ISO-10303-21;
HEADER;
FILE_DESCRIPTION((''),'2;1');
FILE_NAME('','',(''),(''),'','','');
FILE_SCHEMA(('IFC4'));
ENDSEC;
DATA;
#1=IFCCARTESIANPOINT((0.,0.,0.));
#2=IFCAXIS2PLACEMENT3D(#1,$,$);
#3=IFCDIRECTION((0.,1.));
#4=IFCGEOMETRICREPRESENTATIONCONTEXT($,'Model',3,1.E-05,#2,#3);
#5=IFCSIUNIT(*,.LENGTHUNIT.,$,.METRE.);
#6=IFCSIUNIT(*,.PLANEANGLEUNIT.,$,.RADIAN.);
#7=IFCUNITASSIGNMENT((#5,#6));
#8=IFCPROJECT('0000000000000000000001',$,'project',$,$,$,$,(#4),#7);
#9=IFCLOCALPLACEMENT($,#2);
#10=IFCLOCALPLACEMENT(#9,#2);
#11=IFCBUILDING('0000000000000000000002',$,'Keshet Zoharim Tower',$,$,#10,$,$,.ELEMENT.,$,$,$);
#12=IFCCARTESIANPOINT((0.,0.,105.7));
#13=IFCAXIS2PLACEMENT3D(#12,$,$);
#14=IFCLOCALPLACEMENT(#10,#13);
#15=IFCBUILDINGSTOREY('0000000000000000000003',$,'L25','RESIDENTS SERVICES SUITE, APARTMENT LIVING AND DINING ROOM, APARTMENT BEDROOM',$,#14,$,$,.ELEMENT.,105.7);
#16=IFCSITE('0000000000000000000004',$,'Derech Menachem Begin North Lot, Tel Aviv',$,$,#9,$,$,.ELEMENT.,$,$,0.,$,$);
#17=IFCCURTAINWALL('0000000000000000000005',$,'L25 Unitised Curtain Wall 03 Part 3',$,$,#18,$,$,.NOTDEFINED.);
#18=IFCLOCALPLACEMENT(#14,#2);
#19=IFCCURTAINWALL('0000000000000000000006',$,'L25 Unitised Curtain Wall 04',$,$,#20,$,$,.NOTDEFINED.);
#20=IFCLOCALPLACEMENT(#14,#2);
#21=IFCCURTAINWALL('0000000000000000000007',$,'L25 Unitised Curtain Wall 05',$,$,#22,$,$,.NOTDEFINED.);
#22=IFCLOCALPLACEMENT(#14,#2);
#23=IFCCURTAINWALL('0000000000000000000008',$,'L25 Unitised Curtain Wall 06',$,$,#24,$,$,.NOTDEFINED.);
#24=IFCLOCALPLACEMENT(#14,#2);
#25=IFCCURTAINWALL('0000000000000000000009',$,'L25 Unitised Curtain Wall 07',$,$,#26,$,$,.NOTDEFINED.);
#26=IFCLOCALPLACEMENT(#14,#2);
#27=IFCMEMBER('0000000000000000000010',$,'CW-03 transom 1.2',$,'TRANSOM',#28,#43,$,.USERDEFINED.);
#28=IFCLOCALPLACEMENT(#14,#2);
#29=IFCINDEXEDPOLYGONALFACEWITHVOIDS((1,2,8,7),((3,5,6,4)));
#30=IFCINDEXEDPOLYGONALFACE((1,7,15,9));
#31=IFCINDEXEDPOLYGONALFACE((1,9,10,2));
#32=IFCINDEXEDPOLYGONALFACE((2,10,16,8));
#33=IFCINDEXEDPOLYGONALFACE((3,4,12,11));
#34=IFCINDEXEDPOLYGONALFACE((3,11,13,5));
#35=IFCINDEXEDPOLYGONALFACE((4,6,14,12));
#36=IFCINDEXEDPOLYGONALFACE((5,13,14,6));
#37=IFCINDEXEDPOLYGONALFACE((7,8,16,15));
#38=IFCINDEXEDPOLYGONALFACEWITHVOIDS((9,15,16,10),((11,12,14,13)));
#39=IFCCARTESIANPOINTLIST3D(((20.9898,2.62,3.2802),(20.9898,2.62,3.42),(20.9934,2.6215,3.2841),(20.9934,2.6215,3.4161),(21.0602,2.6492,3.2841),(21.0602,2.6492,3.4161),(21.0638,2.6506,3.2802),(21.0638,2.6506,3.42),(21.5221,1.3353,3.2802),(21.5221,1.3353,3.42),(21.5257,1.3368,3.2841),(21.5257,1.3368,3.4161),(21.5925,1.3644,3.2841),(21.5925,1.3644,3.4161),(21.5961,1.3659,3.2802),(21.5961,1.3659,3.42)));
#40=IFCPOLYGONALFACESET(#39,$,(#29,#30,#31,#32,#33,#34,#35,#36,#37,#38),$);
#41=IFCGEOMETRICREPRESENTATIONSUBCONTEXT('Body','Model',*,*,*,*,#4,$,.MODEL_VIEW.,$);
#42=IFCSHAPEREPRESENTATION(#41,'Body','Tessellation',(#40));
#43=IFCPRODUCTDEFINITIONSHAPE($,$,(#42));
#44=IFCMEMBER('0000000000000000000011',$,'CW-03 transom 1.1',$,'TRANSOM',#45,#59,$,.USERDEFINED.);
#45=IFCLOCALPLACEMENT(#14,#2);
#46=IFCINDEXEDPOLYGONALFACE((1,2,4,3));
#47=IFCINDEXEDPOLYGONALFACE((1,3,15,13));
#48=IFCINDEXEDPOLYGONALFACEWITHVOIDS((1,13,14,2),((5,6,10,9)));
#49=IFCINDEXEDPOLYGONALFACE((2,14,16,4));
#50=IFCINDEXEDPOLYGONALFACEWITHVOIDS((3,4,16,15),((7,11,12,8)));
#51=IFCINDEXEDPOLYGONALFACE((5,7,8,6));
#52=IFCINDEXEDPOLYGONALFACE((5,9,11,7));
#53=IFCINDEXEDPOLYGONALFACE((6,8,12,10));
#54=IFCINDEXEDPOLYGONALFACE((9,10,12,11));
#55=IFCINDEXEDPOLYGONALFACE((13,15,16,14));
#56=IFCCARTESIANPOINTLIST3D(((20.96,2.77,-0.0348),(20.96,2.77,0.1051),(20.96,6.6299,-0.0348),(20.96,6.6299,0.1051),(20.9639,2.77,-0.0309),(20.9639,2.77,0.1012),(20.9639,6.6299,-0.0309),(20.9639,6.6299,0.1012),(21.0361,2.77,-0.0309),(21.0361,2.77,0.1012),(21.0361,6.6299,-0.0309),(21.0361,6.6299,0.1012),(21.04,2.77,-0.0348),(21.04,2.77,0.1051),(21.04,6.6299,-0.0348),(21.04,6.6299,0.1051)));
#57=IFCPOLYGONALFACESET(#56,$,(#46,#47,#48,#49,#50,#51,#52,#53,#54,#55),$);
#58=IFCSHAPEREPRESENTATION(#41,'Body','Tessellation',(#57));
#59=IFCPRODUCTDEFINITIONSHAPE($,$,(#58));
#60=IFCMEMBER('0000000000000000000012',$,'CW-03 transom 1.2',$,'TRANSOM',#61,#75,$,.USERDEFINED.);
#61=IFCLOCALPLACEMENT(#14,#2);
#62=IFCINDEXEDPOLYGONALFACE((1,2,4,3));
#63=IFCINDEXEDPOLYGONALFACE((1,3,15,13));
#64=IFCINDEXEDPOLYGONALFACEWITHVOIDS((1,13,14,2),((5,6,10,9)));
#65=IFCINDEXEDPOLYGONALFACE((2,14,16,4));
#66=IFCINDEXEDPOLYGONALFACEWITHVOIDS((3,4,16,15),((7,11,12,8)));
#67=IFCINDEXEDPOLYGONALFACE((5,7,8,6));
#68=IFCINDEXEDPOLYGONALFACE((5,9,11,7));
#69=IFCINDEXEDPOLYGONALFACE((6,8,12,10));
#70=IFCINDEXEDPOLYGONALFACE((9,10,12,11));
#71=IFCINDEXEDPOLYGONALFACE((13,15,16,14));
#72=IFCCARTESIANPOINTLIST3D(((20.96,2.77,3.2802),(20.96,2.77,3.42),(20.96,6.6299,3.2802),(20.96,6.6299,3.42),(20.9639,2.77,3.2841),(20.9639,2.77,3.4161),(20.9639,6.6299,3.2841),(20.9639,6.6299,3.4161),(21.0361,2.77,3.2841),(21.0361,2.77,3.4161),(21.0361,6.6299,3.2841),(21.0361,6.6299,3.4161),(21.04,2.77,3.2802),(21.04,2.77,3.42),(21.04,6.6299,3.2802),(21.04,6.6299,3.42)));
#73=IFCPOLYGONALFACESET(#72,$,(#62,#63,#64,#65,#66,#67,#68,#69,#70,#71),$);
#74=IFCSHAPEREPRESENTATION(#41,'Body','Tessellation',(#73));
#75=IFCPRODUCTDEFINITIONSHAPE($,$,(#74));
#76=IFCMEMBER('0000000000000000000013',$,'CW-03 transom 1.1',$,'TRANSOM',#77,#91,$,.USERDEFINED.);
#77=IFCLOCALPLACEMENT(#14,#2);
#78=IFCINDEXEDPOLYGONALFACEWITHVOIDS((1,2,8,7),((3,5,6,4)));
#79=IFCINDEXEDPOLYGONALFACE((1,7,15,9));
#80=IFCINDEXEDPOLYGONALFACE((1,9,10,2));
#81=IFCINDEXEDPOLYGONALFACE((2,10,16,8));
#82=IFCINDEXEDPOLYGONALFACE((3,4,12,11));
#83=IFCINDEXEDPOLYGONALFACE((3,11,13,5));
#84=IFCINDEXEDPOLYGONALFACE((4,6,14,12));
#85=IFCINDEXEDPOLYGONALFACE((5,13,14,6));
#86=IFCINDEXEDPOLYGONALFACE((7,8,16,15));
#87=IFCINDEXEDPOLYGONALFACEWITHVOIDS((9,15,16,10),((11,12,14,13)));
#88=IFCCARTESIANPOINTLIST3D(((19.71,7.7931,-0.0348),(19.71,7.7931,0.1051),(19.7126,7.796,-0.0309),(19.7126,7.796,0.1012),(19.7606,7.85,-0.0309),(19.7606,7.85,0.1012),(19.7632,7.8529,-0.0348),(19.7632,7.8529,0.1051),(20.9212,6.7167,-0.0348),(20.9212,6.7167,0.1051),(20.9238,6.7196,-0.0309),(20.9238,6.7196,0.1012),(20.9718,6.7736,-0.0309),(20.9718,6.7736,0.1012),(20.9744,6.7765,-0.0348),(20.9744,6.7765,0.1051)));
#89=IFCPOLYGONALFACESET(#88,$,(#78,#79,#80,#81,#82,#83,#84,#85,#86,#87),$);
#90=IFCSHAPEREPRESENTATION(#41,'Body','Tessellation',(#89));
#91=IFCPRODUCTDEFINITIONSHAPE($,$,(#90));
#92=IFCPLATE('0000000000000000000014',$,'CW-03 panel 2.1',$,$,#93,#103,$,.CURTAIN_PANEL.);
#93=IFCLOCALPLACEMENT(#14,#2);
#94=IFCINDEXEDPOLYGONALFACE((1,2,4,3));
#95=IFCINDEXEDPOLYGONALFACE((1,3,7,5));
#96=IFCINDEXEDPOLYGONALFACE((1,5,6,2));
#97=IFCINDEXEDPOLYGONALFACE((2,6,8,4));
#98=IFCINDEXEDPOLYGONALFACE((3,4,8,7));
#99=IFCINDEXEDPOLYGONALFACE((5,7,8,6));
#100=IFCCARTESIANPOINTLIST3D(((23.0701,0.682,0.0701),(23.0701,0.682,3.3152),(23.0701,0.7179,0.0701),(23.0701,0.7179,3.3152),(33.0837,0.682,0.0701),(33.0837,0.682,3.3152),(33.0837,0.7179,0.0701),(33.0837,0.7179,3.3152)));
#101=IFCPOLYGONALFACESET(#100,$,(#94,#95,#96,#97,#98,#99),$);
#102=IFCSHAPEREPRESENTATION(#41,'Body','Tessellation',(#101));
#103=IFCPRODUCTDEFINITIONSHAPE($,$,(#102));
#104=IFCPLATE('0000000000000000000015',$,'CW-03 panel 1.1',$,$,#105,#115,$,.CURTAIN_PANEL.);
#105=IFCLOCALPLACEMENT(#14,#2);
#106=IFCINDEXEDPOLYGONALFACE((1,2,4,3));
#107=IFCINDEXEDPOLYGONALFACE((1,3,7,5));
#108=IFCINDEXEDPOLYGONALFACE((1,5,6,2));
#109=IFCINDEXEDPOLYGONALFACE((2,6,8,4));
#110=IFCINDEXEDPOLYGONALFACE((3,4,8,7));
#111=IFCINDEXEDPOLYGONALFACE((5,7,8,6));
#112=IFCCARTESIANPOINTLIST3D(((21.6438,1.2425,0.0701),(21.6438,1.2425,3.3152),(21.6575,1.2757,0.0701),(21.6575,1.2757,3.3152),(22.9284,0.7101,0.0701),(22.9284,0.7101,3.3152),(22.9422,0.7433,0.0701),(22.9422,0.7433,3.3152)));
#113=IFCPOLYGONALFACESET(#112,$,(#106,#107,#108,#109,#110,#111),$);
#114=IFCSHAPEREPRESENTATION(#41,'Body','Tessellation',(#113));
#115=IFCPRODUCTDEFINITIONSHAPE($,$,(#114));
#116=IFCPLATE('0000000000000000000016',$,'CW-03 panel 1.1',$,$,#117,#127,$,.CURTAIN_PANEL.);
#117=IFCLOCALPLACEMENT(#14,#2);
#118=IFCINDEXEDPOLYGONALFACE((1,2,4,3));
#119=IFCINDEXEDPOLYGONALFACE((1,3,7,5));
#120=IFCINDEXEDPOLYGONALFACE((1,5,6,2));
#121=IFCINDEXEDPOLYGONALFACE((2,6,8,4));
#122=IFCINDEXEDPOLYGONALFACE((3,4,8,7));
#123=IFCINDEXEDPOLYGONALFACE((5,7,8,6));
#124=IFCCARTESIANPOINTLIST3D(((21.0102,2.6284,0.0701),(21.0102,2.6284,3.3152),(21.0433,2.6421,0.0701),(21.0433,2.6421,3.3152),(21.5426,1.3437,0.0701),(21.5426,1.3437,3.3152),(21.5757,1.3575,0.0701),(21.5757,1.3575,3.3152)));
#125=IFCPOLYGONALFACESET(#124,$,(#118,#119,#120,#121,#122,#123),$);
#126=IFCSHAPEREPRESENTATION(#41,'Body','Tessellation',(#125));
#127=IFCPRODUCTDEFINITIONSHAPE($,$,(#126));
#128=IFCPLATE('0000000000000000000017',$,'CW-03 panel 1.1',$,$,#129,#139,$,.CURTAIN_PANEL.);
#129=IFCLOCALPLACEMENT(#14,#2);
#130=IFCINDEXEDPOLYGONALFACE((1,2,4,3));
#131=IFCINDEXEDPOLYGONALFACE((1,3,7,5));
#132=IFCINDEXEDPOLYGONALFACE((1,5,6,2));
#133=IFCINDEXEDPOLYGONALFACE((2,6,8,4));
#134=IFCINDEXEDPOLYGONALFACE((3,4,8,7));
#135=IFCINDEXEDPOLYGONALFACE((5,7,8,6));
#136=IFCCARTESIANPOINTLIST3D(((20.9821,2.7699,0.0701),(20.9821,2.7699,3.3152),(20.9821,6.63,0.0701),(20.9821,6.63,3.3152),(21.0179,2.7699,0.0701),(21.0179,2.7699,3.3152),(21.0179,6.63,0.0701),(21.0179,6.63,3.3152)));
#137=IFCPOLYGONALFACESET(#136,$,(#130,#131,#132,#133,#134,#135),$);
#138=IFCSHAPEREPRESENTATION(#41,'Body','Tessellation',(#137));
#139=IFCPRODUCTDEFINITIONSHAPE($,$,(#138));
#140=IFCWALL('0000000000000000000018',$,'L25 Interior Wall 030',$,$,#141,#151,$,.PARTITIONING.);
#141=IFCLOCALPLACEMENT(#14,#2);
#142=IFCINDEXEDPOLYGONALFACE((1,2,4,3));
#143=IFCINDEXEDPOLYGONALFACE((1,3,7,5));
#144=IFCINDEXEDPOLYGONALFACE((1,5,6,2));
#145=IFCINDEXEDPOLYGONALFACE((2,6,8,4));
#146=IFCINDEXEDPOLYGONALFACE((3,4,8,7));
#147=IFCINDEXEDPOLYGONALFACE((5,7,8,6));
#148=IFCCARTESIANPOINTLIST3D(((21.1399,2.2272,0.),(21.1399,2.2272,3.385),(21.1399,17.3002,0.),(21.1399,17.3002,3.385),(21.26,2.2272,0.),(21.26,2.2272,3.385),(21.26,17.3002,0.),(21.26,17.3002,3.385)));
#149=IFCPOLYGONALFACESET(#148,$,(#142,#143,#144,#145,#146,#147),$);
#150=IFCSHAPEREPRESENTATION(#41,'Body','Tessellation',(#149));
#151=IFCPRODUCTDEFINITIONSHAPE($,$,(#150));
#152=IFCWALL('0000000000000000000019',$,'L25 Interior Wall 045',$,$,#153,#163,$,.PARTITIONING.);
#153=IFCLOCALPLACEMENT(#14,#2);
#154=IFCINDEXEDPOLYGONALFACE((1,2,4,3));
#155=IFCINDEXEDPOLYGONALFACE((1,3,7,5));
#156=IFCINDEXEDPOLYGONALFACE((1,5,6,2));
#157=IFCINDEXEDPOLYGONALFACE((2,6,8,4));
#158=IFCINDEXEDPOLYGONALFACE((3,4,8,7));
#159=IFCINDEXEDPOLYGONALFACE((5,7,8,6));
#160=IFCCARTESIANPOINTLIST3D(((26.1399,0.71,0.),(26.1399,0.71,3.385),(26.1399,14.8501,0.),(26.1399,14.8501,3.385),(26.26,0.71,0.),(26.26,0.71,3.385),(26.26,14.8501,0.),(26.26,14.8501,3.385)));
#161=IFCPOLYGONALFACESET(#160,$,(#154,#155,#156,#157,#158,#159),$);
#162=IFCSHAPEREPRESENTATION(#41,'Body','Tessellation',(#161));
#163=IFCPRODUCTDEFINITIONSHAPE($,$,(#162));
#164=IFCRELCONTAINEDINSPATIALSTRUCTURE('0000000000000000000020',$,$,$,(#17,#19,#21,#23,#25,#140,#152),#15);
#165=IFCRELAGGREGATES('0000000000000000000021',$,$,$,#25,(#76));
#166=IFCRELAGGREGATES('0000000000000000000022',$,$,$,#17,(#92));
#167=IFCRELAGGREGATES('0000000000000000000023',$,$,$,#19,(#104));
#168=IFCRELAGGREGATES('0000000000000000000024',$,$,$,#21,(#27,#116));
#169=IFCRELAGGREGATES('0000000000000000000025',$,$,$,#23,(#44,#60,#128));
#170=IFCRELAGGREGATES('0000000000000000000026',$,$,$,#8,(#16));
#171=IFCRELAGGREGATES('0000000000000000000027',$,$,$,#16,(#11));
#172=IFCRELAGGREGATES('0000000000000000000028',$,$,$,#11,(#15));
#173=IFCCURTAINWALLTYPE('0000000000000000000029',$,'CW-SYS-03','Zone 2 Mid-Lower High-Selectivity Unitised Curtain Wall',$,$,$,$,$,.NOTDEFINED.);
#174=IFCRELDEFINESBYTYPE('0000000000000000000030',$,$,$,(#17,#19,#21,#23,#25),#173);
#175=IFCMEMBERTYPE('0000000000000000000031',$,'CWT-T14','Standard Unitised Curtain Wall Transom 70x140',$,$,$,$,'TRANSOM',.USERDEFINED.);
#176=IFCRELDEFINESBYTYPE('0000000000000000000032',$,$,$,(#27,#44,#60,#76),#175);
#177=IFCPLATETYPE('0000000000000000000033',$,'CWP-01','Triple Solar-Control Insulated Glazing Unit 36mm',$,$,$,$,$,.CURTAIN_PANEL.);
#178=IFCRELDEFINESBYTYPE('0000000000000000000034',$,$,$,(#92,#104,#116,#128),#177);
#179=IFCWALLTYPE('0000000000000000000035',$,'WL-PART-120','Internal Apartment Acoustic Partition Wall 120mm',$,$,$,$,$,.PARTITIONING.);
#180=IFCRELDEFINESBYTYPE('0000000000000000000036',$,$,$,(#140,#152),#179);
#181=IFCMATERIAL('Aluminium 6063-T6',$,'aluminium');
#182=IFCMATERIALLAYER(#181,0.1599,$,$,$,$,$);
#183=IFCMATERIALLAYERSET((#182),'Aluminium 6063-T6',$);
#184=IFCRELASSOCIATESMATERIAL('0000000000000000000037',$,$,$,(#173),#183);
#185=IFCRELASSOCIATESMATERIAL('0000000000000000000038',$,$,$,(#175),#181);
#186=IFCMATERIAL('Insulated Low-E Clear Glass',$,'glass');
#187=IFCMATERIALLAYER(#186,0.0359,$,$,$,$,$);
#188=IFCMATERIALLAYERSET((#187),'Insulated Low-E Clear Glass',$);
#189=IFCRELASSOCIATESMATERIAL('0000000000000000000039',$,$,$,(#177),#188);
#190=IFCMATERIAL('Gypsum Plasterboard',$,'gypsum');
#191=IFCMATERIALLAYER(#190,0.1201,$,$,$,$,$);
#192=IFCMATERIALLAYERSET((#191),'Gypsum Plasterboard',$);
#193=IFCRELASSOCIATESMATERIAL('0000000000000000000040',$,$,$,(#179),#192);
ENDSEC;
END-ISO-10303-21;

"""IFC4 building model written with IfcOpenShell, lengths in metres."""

from ifc_helpers import new_model, si_unit, direction, frame, frame_2d, origin, origin_2d, place, context, subcontext, project, spatial, rectangle, hollow_rectangle, extrude, material, layer, layer_set, material_profile, profile_set, type_object, element, aggregate, save


model = new_model("IFC4")

# Units and contexts
model_context = context("Model", 3, precision=1e-05, world=origin(), true_north=direction((0.0, 1.0)))
body_context = subcontext(model_context, "Body", "Model", "MODEL_VIEW")
ifc_project = project(units=[si_unit("LENGTHUNIT", "METRE"), si_unit("PLANEANGLEUNIT", "RADIAN")], contexts=[model_context])

# Site, building, storey
site_placement = place(None, origin())
site = spatial("IfcSite", under=ifc_project, at=site_placement, Name="Derech Menachem Begin North Lot, Tel Aviv", CompositionType="ELEMENT", RefElevation=0.0)
building_placement = place(site_placement, origin())
building = spatial("IfcBuilding", under=site, at=building_placement, Name="Keshet Zoharim Tower", CompositionType="ELEMENT")
storey_placement = place(building_placement, frame((0.0, 0.0, 105.7)))
storey = spatial("IfcBuildingStorey", under=building, at=storey_placement, Name="L25", Description="RESIDENTS SERVICES SUITE, APARTMENT LIVING AND DINING ROOM, APARTMENT BEDROOM", CompositionType="ELEMENT", Elevation=105.7)

# Curtain wall
ifc_material_1 = material(Name="Aluminium 6063-T6", Category="aluminium")
ifc_layer_1 = layer(ifc_material_1, 0.1599)
ifc_layer_set_1 = layer_set([ifc_layer_1], Name="Aluminium 6063-T6")
curtain_wall_type = type_object("IfcCurtainWallType", Name="CW-SYS-03", Description="Zone 2 Mid-Lower High-Selectivity Unitised Curtain Wall", PredefinedType="NOTDEFINED", material=ifc_layer_set_1)
curtain_wall_1_placement = place(storey_placement, origin())
curtain_wall_1 = element("IfcCurtainWall", 1, at=curtain_wall_1_placement, inside=storey, type_object=curtain_wall_type, Name="L25 Unitised Curtain Wall 03 Part 3", PredefinedType="NOTDEFINED")

# Curtain walls
curtain_wall_2_placement = place(storey_placement, origin())
curtain_wall_2 = element("IfcCurtainWall", 2, at=curtain_wall_2_placement, inside=storey, type_object=curtain_wall_type, Name="L25 Unitised Curtain Wall 04", PredefinedType="NOTDEFINED")
curtain_wall_3_placement = place(storey_placement, origin())
curtain_wall_3 = element("IfcCurtainWall", 3, at=curtain_wall_3_placement, inside=storey, type_object=curtain_wall_type, Name="L25 Unitised Curtain Wall 05", PredefinedType="NOTDEFINED")
curtain_wall_4_placement = place(storey_placement, origin())
curtain_wall_4 = element("IfcCurtainWall", 4, at=curtain_wall_4_placement, inside=storey, type_object=curtain_wall_type, Name="L25 Unitised Curtain Wall 06", PredefinedType="NOTDEFINED")

# Curtain wall
curtain_wall_5_placement = place(storey_placement, origin())
curtain_wall_5 = element("IfcCurtainWall", 5, at=curtain_wall_5_placement, inside=storey, type_object=curtain_wall_type, Name="L25 Unitised Curtain Wall 07", PredefinedType="NOTDEFINED")

# Members
ifc_material_profile_1 = material_profile(ifc_material_1, hollow_rectangle(XDim=0.0801, YDim=0.1399, WallThickness=0.0039, at=origin_2d()), Name="TRN-80x140")
ifc_profile_set_1 = profile_set([ifc_material_profile_1], Name="Aluminium 6063-T6")
member_type_1 = type_object("IfcMemberType", Name="CWT-T14", Description="Standard Unitised Curtain Wall Transom 70x140", ElementType="TRANSOM", PredefinedType="USERDEFINED", material=ifc_profile_set_1)
member_1_placement = place(storey_placement, frame((21.5591, 1.3506, 3.3501), z_axis=(-0.382745, 0.923854, 0.0), x_axis=(-0.923854, -0.382745, 0.0)))
member_1 = element("IfcMember", 6, at=member_1_placement, type_object=member_type_1, Name="CW-03 transom 1.2", ObjectType="TRANSOM", PredefinedType="USERDEFINED", context=body_context, shape_type="SweptSolid", body=[
    extrude(hollow_rectangle(XDim=0.0801, YDim=0.1399, WallThickness=0.0039, at=origin_2d()), origin(), (0.0, 0.0, 1.0), 1.3906),
])
member_2_placement = place(storey_placement, frame((21.0, 2.77, 0.0352), z_axis=(0.0, 1.0, 0.0), x_axis=(-1.0, 0.0, 0.0)))
member_2 = element("IfcMember", 7, at=member_2_placement, type_object=member_type_1, Name="CW-03 transom 1.1", ObjectType="TRANSOM", PredefinedType="USERDEFINED", context=body_context, shape_type="SweptSolid", body=[
    extrude(hollow_rectangle(XDim=0.0801, YDim=0.1399, WallThickness=0.0039, at=origin_2d()), origin(), (0.0, 0.0, 1.0), 3.8599),
])
member_3_placement = place(storey_placement, frame((21.0, 2.77, 3.3501), z_axis=(0.0, 1.0, 0.0), x_axis=(-1.0, 0.0, 0.0)))
member_3 = element("IfcMember", 8, at=member_3_placement, type_object=member_type_1, Name="CW-03 transom 1.2", ObjectType="TRANSOM", PredefinedType="USERDEFINED", context=body_context, shape_type="SweptSolid", body=[
    extrude(hollow_rectangle(XDim=0.0801, YDim=0.1399, WallThickness=0.0039, at=origin_2d()), origin(), (0.0, 0.0, 1.0), 3.8599),
])
member_4_placement = place(storey_placement, frame((20.9478, 6.7466, 0.0352), z_axis=(-0.747468, 0.664298, 0.0), x_axis=(-0.664298, -0.747468, 0.0)))
member_4 = element("IfcMember", 9, at=member_4_placement, type_object=member_type_1, Name="CW-03 transom 1.1", ObjectType="TRANSOM", PredefinedType="USERDEFINED", context=body_context, shape_type="SweptSolid", body=[
    extrude(hollow_rectangle(XDim=0.0801, YDim=0.1399, WallThickness=0.0039, at=origin_2d()), origin(), (0.0, 0.0, 1.0), 1.6204),
])
aggregate(curtain_wall_5, [member_4])

# Plates
ifc_material_2 = material(Name="Insulated Low-E Clear Glass", Category="glass")
ifc_layer_2 = layer(ifc_material_2, 0.0359)
ifc_layer_set_2 = layer_set([ifc_layer_2], Name="Insulated Low-E Clear Glass")
plate_type = type_object("IfcPlateType", Name="CWP-01", Description="Triple Solar-Control Insulated Glazing Unit 36mm", PredefinedType="CURTAIN_PANEL", material=ifc_layer_set_2)
plate_1_placement = place(storey_placement, frame((28.0769, 0.7, 0.0701), z_axis=(0.0, 0.0, 1.0), x_axis=(-1.0, 0.0, 0.0)))
plate_1 = element("IfcPlate", 10, at=plate_1_placement, type_object=plate_type, Name="CW-03 panel 2.1", PredefinedType="CURTAIN_PANEL", context=body_context, shape_type="SweptSolid", body=[
    extrude(rectangle(XDim=10.0137, YDim=0.0359, at=origin_2d()), origin(), (0.0, 0.0, 1.0), 3.2451),
])
aggregate(curtain_wall_1, [plate_1])
plate_2_placement = place(storey_placement, frame((22.293, 0.9929, 0.0701), z_axis=(0.0, 0.0, 1.0), x_axis=(-0.92381, 0.382852, 0.0)))
plate_2 = element("IfcPlate", 11, at=plate_2_placement, type_object=plate_type, Name="CW-03 panel 1.1", PredefinedType="CURTAIN_PANEL", context=body_context, shape_type="SweptSolid", body=[
    extrude(rectangle(XDim=1.3906, YDim=0.0359, at=origin_2d()), origin(), (0.0, 0.0, 1.0), 3.2451),
])
aggregate(curtain_wall_2, [plate_2])
plate_3_placement = place(storey_placement, frame((21.293, 1.9929, 0.0701), z_axis=(0.0, 0.0, 1.0), x_axis=(-0.382852, 0.92381, 0.0)))
plate_3 = element("IfcPlate", 12, at=plate_3_placement, type_object=plate_type, Name="CW-03 panel 1.1", PredefinedType="CURTAIN_PANEL", context=body_context, shape_type="SweptSolid", body=[
    extrude(rectangle(XDim=1.3906, YDim=0.0359, at=origin_2d()), origin(), (0.0, 0.0, 1.0), 3.2451),
])
aggregate(curtain_wall_3, [member_1, plate_3])
plate_4_placement = place(storey_placement, frame((21.0, 4.7, 0.0701), z_axis=(0.0, 0.0, 1.0), x_axis=(0.0, 1.0, 0.0)))
plate_4 = element("IfcPlate", 13, at=plate_4_placement, type_object=plate_type, Name="CW-03 panel 1.1", PredefinedType="CURTAIN_PANEL", context=body_context, shape_type="SweptSolid", body=[
    extrude(rectangle(XDim=3.8601, YDim=0.0359, at=origin_2d()), origin(), (0.0, 0.0, 1.0), 3.2451),
])
aggregate(curtain_wall_4, [member_2, member_3, plate_4])

# Walls
ifc_material_3 = material(Name="Gypsum Plasterboard", Category="gypsum")
ifc_layer_3 = layer(ifc_material_3, 0.1201)
ifc_layer_set_3 = layer_set([ifc_layer_3], Name="Gypsum Plasterboard")
wall_type = type_object("IfcWallType", Name="WL-PART-120", Description="Internal Apartment Acoustic Partition Wall 120mm", PredefinedType="PARTITIONING", material=ifc_layer_set_3)
wall_1_placement = place(storey_placement, frame((21.2, 2.2271, 0.0), z_axis=(0.0, 0.0, 1.0), x_axis=(0.0, 1.0, 0.0)))
element("IfcWall", 14, at=wall_1_placement, inside=storey, type_object=wall_type, Name="L25 Interior Wall 030", PredefinedType="PARTITIONING", context=body_context, shape_type="SweptSolid", body=[
    extrude(rectangle(XDim=15.073, YDim=0.1201, at=frame_2d((7.5366, 0.0))), origin(), (0.0, 0.0, 1.0), 3.385),
])
wall_2_placement = place(storey_placement, frame((26.2, 0.71, 0.0), z_axis=(0.0, 0.0, 1.0), x_axis=(0.0, 1.0, 0.0)))
element("IfcWall", 15, at=wall_2_placement, inside=storey, type_object=wall_type, Name="L25 Interior Wall 045", PredefinedType="PARTITIONING", context=body_context, shape_type="SweptSolid", body=[
    extrude(rectangle(XDim=14.1401, YDim=0.1201, at=frame_2d((7.0701, 0.0))), origin(), (0.0, 0.0, 1.0), 3.385),
])

save(model, "model.ifc")
